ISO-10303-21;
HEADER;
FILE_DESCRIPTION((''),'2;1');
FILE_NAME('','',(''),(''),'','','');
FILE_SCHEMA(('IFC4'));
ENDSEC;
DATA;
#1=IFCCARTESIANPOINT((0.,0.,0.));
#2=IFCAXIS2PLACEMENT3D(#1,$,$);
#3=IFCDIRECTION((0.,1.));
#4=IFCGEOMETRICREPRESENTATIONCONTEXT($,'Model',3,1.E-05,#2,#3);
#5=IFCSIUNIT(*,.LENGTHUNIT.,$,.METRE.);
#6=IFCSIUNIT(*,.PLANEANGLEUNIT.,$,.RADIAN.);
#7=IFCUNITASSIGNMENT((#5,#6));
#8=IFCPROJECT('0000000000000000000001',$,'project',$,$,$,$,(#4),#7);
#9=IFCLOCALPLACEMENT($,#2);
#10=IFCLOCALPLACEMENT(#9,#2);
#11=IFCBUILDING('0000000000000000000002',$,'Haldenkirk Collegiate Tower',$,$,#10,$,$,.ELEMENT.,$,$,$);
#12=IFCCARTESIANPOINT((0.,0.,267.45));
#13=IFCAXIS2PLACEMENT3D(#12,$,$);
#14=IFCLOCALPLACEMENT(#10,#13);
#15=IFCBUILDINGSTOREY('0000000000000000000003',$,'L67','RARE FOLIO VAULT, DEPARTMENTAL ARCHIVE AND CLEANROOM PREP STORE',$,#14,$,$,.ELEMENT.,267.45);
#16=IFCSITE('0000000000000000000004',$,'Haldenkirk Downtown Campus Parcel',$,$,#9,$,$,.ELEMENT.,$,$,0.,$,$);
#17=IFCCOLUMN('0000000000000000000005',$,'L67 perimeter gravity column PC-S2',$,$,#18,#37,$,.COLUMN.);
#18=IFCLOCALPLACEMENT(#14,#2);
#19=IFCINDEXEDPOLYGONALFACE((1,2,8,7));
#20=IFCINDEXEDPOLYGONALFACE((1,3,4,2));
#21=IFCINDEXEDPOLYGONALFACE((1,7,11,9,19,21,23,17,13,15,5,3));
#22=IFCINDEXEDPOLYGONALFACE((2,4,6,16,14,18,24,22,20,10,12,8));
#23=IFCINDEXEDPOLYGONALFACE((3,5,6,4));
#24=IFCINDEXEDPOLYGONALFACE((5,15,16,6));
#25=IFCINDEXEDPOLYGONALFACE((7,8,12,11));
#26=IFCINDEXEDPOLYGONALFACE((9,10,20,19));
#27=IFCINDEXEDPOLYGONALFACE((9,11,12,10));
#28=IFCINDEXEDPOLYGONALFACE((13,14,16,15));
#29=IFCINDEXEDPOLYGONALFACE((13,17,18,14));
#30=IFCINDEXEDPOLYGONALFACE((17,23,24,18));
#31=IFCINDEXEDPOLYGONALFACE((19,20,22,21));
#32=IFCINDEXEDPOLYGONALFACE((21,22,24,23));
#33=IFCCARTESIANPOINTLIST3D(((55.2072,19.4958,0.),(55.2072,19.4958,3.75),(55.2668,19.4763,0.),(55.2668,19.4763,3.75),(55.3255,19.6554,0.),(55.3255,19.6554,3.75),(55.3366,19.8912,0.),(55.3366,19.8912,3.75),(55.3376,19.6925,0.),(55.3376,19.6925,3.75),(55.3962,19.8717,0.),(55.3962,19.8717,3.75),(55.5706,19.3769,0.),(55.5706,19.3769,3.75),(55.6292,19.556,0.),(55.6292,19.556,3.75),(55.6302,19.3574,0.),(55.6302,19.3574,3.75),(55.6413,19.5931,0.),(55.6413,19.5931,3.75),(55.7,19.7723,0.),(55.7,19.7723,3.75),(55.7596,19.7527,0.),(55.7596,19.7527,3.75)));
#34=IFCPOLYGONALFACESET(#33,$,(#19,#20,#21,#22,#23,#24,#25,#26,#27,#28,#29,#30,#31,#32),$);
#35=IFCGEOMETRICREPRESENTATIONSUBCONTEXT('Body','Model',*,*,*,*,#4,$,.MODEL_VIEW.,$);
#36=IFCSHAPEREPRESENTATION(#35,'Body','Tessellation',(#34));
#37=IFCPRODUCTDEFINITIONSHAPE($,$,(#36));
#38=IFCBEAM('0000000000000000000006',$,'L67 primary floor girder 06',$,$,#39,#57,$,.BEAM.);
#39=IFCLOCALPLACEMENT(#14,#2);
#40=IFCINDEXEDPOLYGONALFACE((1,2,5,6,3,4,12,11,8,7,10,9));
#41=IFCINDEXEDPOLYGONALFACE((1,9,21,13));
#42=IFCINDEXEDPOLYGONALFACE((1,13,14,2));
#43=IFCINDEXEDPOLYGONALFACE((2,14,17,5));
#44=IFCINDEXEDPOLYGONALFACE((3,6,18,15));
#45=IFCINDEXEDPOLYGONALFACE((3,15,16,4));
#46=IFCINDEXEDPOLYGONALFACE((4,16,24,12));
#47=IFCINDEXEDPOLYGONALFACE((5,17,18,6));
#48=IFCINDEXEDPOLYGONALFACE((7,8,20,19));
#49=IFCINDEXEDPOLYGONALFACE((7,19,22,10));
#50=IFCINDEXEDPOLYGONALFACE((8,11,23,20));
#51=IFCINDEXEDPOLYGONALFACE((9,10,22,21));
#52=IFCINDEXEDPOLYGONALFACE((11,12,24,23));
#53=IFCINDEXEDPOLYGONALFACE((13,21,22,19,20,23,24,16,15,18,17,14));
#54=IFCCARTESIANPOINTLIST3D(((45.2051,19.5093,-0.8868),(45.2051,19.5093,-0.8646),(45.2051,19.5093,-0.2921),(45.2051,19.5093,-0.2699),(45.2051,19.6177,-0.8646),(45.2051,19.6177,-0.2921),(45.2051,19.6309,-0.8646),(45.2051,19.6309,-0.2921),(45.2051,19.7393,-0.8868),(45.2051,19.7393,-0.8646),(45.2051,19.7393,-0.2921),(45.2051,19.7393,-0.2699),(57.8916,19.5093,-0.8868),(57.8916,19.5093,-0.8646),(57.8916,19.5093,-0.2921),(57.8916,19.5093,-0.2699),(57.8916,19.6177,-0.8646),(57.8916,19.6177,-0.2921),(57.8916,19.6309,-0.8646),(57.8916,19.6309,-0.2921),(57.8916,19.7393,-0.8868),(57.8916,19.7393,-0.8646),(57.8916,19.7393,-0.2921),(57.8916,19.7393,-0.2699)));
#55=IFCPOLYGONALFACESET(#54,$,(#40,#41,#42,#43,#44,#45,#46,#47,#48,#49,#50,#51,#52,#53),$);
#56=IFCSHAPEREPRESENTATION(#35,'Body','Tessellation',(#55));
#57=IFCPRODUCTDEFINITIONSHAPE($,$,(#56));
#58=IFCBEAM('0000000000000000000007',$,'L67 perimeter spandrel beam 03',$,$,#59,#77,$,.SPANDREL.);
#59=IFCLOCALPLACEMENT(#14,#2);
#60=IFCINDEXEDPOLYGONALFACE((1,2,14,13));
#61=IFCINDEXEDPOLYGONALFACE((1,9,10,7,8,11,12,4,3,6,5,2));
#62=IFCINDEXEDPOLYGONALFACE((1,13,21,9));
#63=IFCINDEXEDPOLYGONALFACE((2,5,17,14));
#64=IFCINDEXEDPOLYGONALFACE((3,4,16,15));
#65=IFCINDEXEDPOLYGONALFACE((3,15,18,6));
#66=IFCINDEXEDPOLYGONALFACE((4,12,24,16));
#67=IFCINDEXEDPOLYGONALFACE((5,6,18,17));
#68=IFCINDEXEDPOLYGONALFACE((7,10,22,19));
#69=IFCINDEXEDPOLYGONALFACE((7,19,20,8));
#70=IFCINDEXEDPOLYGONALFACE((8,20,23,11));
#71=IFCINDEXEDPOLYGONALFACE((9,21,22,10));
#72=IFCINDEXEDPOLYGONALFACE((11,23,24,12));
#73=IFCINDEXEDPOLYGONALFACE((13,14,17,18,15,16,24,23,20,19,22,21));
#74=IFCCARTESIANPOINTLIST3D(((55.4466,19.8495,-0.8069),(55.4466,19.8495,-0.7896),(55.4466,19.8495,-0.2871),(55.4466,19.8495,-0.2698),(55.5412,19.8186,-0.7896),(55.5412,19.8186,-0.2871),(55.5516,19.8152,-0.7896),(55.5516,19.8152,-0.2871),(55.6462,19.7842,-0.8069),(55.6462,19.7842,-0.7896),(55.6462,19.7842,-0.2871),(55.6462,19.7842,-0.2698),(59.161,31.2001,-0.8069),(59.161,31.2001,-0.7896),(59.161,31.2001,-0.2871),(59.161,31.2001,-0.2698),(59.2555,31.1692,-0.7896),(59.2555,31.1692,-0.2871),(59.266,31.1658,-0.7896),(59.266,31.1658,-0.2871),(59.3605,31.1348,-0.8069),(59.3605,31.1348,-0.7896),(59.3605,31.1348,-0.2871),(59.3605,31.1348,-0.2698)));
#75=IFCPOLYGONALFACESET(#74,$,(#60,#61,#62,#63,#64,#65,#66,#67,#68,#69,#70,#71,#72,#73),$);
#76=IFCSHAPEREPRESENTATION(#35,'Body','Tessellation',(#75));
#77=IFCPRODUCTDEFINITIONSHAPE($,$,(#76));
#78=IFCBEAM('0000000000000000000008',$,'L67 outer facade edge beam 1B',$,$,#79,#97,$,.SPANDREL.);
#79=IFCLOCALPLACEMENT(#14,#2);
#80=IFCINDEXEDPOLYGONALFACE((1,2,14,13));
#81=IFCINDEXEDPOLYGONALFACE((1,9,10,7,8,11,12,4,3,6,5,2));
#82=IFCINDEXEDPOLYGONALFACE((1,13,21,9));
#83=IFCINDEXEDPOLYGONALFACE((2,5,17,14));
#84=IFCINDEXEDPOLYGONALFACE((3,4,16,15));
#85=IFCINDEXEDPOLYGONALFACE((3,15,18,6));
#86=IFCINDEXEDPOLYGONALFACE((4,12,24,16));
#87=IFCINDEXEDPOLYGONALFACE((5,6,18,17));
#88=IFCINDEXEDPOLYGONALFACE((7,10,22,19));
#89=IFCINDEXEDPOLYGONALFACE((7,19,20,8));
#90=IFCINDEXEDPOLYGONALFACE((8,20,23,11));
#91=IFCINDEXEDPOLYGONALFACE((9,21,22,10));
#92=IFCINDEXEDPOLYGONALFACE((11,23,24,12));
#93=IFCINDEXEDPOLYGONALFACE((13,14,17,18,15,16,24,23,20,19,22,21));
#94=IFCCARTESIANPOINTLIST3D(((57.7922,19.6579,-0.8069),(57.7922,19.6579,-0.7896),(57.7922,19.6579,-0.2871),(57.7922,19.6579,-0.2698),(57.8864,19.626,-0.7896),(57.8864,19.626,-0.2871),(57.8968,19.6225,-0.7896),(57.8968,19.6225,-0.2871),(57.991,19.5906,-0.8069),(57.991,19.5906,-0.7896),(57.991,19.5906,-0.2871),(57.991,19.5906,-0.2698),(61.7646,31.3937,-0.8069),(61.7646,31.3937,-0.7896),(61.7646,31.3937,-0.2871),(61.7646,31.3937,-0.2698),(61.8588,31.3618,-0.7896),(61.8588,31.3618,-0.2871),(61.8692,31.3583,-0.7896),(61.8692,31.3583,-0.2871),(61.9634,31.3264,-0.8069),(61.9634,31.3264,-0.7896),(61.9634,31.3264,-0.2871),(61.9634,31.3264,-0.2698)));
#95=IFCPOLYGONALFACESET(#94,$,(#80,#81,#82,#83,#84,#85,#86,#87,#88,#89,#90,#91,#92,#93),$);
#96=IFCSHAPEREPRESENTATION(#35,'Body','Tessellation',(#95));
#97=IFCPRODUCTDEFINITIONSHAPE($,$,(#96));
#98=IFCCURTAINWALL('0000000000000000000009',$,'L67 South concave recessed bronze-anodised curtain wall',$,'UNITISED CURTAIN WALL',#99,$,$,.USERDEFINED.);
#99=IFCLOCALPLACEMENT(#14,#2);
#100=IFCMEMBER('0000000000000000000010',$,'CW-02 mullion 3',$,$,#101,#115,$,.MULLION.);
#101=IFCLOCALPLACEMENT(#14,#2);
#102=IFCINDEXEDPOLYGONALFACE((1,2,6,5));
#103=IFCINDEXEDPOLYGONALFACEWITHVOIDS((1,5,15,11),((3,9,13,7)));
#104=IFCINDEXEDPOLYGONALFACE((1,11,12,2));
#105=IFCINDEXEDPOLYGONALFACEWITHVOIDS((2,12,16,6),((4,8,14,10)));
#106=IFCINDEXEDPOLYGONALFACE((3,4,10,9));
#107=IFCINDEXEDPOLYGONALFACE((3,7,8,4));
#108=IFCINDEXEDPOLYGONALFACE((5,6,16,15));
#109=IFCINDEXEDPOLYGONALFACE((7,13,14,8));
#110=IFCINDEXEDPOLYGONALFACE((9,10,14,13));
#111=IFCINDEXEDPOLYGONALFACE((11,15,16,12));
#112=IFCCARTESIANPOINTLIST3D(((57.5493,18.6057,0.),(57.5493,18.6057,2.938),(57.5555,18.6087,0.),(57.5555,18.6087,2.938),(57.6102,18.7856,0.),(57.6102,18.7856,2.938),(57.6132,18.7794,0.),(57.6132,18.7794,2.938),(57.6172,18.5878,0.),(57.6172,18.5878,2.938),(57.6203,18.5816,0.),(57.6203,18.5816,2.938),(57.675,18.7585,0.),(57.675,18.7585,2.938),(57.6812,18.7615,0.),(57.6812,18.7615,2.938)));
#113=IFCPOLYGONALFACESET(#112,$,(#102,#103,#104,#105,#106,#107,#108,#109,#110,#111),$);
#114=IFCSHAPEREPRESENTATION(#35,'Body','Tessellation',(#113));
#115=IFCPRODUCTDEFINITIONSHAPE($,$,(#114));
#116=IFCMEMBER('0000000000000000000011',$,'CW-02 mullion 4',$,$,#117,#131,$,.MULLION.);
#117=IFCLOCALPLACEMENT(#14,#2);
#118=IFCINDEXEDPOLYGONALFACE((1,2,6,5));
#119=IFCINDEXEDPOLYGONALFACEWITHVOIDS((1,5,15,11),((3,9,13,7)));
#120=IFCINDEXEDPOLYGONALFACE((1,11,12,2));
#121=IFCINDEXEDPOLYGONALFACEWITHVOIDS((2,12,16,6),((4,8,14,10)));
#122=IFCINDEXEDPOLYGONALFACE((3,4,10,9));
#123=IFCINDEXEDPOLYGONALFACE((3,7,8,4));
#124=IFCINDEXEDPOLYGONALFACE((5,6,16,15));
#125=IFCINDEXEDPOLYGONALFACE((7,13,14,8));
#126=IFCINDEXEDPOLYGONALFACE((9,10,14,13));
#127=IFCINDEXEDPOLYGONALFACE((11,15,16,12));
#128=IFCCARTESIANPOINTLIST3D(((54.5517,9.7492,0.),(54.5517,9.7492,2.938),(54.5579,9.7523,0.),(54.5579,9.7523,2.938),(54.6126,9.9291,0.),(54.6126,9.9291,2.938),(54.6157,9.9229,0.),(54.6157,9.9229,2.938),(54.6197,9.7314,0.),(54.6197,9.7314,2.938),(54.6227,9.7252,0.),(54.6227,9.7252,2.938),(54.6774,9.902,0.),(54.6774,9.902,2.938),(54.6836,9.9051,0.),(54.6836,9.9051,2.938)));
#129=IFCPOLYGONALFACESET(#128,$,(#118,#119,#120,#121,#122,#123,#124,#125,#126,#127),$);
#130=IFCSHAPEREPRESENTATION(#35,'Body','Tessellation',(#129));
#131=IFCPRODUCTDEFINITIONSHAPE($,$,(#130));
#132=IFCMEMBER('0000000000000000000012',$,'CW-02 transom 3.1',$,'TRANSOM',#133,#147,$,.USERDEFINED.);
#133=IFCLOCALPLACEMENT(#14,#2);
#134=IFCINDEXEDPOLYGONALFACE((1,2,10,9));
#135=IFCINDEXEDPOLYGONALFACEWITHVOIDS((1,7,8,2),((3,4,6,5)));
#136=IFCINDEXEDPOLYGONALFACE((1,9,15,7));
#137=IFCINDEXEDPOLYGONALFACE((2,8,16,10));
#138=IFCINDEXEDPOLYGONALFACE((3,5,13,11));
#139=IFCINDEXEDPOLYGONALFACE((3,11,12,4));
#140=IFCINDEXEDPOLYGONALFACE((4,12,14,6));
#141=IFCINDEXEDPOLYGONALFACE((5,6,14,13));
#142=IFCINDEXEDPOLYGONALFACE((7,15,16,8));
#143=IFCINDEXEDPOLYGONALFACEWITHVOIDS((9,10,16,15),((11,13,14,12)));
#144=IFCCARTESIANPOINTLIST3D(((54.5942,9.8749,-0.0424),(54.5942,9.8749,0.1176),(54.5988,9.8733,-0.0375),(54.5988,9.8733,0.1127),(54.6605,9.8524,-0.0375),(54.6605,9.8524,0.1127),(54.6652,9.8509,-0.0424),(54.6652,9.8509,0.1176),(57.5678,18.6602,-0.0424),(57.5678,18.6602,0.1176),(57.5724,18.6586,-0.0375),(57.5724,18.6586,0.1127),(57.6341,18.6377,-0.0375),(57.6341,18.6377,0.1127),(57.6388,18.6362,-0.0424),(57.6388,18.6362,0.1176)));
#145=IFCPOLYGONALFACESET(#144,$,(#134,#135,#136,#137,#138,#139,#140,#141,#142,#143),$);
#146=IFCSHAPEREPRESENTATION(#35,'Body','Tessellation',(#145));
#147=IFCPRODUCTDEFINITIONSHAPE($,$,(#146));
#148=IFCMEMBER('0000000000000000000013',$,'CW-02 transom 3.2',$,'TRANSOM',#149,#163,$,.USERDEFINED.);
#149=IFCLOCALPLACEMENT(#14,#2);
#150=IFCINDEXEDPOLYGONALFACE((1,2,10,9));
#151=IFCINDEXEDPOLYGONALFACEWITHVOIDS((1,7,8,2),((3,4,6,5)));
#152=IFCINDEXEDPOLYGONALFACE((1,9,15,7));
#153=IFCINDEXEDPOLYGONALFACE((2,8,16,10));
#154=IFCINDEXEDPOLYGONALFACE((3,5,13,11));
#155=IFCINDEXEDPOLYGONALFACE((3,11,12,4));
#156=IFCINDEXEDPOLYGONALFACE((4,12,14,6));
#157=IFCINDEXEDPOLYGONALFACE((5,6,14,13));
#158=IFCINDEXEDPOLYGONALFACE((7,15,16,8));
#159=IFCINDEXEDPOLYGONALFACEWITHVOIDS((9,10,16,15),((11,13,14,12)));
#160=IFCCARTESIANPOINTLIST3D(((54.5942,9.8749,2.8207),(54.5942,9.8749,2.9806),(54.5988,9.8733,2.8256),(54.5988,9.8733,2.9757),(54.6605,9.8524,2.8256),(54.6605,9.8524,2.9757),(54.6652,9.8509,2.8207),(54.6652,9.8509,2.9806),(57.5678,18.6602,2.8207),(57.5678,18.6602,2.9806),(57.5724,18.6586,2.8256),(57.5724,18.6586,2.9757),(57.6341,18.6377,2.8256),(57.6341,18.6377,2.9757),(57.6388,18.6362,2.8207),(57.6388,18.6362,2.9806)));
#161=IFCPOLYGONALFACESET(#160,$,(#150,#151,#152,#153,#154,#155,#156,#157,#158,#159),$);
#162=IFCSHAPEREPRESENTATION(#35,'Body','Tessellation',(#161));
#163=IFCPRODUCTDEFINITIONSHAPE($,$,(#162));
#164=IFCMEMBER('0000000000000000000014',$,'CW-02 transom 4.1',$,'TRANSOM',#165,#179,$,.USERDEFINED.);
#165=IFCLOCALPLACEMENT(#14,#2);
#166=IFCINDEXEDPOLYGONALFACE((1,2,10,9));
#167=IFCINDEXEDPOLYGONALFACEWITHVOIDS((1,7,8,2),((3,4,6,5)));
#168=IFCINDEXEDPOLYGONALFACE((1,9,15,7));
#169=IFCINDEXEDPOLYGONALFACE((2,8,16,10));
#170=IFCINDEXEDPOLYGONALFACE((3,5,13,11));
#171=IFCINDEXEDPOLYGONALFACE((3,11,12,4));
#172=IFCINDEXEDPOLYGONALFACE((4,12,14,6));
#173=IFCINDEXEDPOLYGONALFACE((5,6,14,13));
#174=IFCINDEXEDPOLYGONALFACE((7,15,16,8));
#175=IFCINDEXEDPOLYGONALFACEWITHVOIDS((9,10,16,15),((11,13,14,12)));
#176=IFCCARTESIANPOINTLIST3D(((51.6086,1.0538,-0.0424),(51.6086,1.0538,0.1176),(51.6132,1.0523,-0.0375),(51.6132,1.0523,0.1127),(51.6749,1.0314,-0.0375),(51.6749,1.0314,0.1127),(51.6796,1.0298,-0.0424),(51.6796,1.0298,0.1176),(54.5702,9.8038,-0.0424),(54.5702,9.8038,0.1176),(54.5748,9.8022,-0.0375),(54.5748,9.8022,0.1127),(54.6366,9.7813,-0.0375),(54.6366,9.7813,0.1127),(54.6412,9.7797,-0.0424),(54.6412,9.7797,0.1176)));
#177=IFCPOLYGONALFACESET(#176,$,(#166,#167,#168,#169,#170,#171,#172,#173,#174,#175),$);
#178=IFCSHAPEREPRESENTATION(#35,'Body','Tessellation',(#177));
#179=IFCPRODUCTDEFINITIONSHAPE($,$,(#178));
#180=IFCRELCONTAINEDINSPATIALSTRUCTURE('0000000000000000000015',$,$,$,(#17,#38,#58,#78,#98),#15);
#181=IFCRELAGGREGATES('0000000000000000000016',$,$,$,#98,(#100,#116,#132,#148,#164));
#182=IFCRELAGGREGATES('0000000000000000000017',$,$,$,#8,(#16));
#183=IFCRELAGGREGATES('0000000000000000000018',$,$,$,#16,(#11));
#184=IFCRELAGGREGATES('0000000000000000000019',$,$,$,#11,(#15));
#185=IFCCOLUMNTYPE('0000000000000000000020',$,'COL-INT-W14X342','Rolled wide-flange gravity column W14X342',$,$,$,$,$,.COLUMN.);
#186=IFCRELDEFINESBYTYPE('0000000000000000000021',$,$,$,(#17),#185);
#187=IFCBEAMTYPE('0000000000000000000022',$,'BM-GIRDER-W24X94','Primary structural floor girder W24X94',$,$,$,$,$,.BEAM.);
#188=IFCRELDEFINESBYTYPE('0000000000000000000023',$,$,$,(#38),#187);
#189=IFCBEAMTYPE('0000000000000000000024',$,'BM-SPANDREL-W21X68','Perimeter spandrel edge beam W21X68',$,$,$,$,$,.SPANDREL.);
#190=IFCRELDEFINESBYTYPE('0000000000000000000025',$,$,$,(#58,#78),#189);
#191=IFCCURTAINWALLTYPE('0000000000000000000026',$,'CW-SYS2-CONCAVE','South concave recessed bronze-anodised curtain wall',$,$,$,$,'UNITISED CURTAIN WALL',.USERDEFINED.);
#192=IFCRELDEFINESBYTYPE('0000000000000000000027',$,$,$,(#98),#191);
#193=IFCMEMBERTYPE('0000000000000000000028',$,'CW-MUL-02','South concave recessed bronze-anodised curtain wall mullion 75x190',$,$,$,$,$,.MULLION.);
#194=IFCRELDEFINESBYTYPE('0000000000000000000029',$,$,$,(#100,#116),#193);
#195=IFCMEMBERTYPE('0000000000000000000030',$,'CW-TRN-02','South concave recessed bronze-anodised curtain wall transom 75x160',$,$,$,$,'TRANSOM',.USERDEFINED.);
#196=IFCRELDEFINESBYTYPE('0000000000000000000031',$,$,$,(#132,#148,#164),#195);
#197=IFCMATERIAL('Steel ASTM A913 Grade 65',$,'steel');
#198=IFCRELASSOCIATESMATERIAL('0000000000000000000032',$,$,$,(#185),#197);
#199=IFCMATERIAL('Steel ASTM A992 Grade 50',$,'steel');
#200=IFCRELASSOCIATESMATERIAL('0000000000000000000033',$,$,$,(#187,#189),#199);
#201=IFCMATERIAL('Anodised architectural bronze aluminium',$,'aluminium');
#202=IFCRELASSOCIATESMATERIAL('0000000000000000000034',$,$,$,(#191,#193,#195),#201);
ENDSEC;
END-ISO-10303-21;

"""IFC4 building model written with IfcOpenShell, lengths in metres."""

from ifc_helpers import new_model, si_unit, direction, frame, origin, origin_2d, place, context, subcontext, project, spatial, hollow_rectangle, i_section, extrude, material, material_profile, profile_set, type_object, element, aggregate, save


model = new_model("IFC4")

# Units and contexts
model_context = context("Model", 3, precision=1e-05, world=origin(), true_north=direction((0.0, 1.0)))
body_context = subcontext(model_context, "Body", "Model", "MODEL_VIEW")
ifc_project = project(units=[si_unit("LENGTHUNIT", "METRE"), si_unit("PLANEANGLEUNIT", "RADIAN")], contexts=[model_context])

# Site, building, storey
site_placement = place(None, origin())
site = spatial("IfcSite", under=ifc_project, at=site_placement, Name="Haldenkirk Downtown Campus Parcel", CompositionType="ELEMENT", RefElevation=0.0)
building_placement = place(site_placement, origin())
building = spatial("IfcBuilding", under=site, at=building_placement, Name="Haldenkirk Collegiate Tower", CompositionType="ELEMENT")
storey_placement = place(building_placement, frame((0.0, 0.0, 267.45)))
storey = spatial("IfcBuildingStorey", under=building, at=storey_placement, Name="L67", Description="RARE FOLIO VAULT, DEPARTMENTAL ARCHIVE AND CLEANROOM PREP STORE", CompositionType="ELEMENT", Elevation=267.45)

# Column
ifc_material_1 = material(Name="Steel ASTM A913 Grade 65", Category="steel")
ifc_material_profile_1 = material_profile(ifc_material_1, i_section(OverallWidth=0.416, OverallDepth=0.4451, WebThickness=0.0391, FlangeThickness=0.0627, at=origin_2d()), Name="W14X342")
ifc_profile_set_1 = profile_set([ifc_material_profile_1], Name="Steel ASTM A913 Grade 65")
column_type = type_object("IfcColumnType", Name="COL-INT-W14X342", Description="Rolled wide-flange gravity column W14X342", PredefinedType="COLUMN", material=ifc_profile_set_1)
column_placement = place(storey_placement, frame((55.4834, 19.6243, 0.0), z_axis=(0.0, 0.0, 1.0), x_axis=(0.311008, 0.950407, 0.0)))
element("IfcColumn", 1, at=column_placement, inside=storey, type_object=column_type, Name="L67 perimeter gravity column PC-S2", PredefinedType="COLUMN", context=body_context, shape_type="SweptSolid", body=[
    extrude(i_section(OverallWidth=0.416, OverallDepth=0.4451, WebThickness=0.0391, FlangeThickness=0.0627, at=origin_2d()), origin(), (0.0, 0.0, 1.0), 3.75),
])

# Beams
ifc_material_2 = material(Name="Steel ASTM A992 Grade 50", Category="steel")
ifc_material_profile_2 = material_profile(ifc_material_2, i_section(OverallWidth=0.23, OverallDepth=0.6169, WebThickness=0.0132, FlangeThickness=0.0222, at=origin_2d()), Name="W24X94")
ifc_profile_set_2 = profile_set([ifc_material_profile_2], Name="Steel ASTM A992 Grade 50")
beam_type_1 = type_object("IfcBeamType", Name="BM-GIRDER-W24X94", Description="Primary structural floor girder W24X94", PredefinedType="BEAM", material=ifc_profile_set_2)
beam_1_placement = place(storey_placement, frame((57.8916, 19.6243, -0.5784), z_axis=(-1.0, 0.0, 0.0), x_axis=(0.0, -1.0, 0.0)))
element("IfcBeam", 2, at=beam_1_placement, inside=storey, type_object=beam_type_1, Name="L67 primary floor girder 06", PredefinedType="BEAM", context=body_context, shape_type="SweptSolid", body=[
    extrude(i_section(OverallWidth=0.23, OverallDepth=0.6169, WebThickness=0.0132, FlangeThickness=0.0222, at=origin_2d()), origin(), (0.0, 0.0, 1.0), 12.6865),
])
ifc_material_profile_3 = material_profile(ifc_material_2, i_section(OverallWidth=0.21, OverallDepth=0.5371, WebThickness=0.011, FlangeThickness=0.0173, at=origin_2d()), Name="W21X68")
ifc_profile_set_3 = profile_set([ifc_material_profile_3], Name="Steel ASTM A992 Grade 50")
beam_type_2 = type_object("IfcBeamType", Name="BM-SPANDREL-W21X68", Description="Perimeter spandrel edge beam W21X68", PredefinedType="SPANDREL", material=ifc_profile_set_3)
beam_2_placement = place(storey_placement, frame((55.5464, 19.8169, -0.5383), z_axis=(0.31101, 0.950407, 0.0), x_axis=(-0.950407, 0.31101, 0.0)))
element("IfcBeam", 3, at=beam_2_placement, inside=storey, type_object=beam_type_2, Name="L67 perimeter spandrel beam 03", PredefinedType="SPANDREL", context=body_context, shape_type="SweptSolid", body=[
    extrude(i_section(OverallWidth=0.21, OverallDepth=0.5371, WebThickness=0.011, FlangeThickness=0.0173, at=origin_2d()), origin(), (0.0, 0.0, 1.0), 11.9429),
])
beam_3_placement = place(storey_placement, frame((57.8916, 19.6243, -0.5383), z_axis=(0.320617, 0.947209, 0.0), x_axis=(-0.947209, 0.320617, 0.0)))
element("IfcBeam", 4, at=beam_3_placement, inside=storey, type_object=beam_type_2, Name="L67 outer facade edge beam 1B", PredefinedType="SPANDREL", context=body_context, shape_type="SweptSolid", body=[
    extrude(i_section(OverallWidth=0.21, OverallDepth=0.5371, WebThickness=0.011, FlangeThickness=0.0173, at=origin_2d()), origin(), (0.0, 0.0, 1.0), 12.3899),
])

# Curtain wall, members
ifc_material_3 = material(Name="Anodised architectural bronze aluminium", Category="aluminium")
curtain_wall_type = type_object("IfcCurtainWallType", Name="CW-SYS2-CONCAVE", Description="South concave recessed bronze-anodised curtain wall", ElementType="UNITISED CURTAIN WALL", PredefinedType="USERDEFINED", material=ifc_material_3)
curtain_wall_placement = place(storey_placement, origin())
curtain_wall = element("IfcCurtainWall", 5, at=curtain_wall_placement, inside=storey, type_object=curtain_wall_type, Name="L67 South concave recessed bronze-anodised curtain wall", ObjectType="UNITISED CURTAIN WALL", PredefinedType="USERDEFINED")
ifc_material_profile_4 = material_profile(ifc_material_3, hollow_rectangle(XDim=0.075, YDim=0.1899, WallThickness=0.0049, at=origin_2d()), Name="CW-MUL-02")
ifc_profile_set_4 = profile_set([ifc_material_profile_4], Name="Anodised architectural bronze aluminium")
member_type_1 = type_object("IfcMemberType", Name="CW-MUL-02", Description="South concave recessed bronze-anodised curtain wall mullion 75x190", PredefinedType="MULLION", material=ifc_profile_set_4)
member_1_placement = place(storey_placement, frame((57.6152, 18.6836, 0.0), z_axis=(0.0, 0.0, 1.0), x_axis=(0.94721, -0.320613, 0.0)))
member_1 = element("IfcMember", 6, at=member_1_placement, type_object=member_type_1, Name="CW-02 mullion 3", PredefinedType="MULLION", context=body_context, shape_type="SweptSolid", body=[
    extrude(hollow_rectangle(XDim=0.075, YDim=0.1899, WallThickness=0.0049, at=origin_2d()), origin(), (0.0, 0.0, 1.0), 2.938),
])
member_2_placement = place(storey_placement, frame((54.6177, 9.8271, 0.0), z_axis=(0.0, 0.0, 1.0), x_axis=(0.94721, -0.320613, 0.0)))
member_2 = element("IfcMember", 7, at=member_2_placement, type_object=member_type_1, Name="CW-02 mullion 4", PredefinedType="MULLION", context=body_context, shape_type="SweptSolid", body=[
    extrude(hollow_rectangle(XDim=0.075, YDim=0.1899, WallThickness=0.0049, at=origin_2d()), origin(), (0.0, 0.0, 1.0), 2.938),
])
ifc_material_profile_5 = material_profile(ifc_material_3, hollow_rectangle(XDim=0.075, YDim=0.1599, WallThickness=0.0049, at=origin_2d()), Name="CW-TRN-02")
ifc_profile_set_5 = profile_set([ifc_material_profile_5], Name="Anodised architectural bronze aluminium")
member_type_2 = type_object("IfcMemberType", Name="CW-TRN-02", Description="South concave recessed bronze-anodised curtain wall transom 75x160", ElementType="TRANSOM", PredefinedType="USERDEFINED", material=ifc_profile_set_5)
member_3_placement = place(storey_placement, frame((57.6033, 18.6482, 0.0376), z_axis=(-0.320607, -0.947212, 0.0), x_axis=(0.947212, -0.320607, 0.0)))
member_3 = element("IfcMember", 8, at=member_3_placement, type_object=member_type_2, Name="CW-02 transom 3.1", ObjectType="TRANSOM", PredefinedType="USERDEFINED", context=body_context, shape_type="SweptSolid", body=[
    extrude(hollow_rectangle(XDim=0.075, YDim=0.1599, WallThickness=0.0049, at=origin_2d()), origin(), (0.0, 0.0, 1.0), 9.2749),
])
member_4_placement = place(storey_placement, frame((57.6033, 18.6482, 2.9006), z_axis=(-0.320607, -0.947212, 0.0), x_axis=(0.947212, -0.320607, 0.0)))
member_4 = element("IfcMember", 9, at=member_4_placement, type_object=member_type_2, Name="CW-02 transom 3.2", ObjectType="TRANSOM", PredefinedType="USERDEFINED", context=body_context, shape_type="SweptSolid", body=[
    extrude(hollow_rectangle(XDim=0.075, YDim=0.1599, WallThickness=0.0049, at=origin_2d()), origin(), (0.0, 0.0, 1.0), 9.2749),
])
member_5_placement = place(storey_placement, frame((54.6057, 9.7917, 0.0376), z_axis=(-0.320609, -0.947212, 0.0), x_axis=(0.947212, -0.320609, 0.0)))
member_5 = element("IfcMember", 10, at=member_5_placement, type_object=member_type_2, Name="CW-02 transom 4.1", ObjectType="TRANSOM", PredefinedType="USERDEFINED", context=body_context, shape_type="SweptSolid", body=[
    extrude(hollow_rectangle(XDim=0.075, YDim=0.1599, WallThickness=0.0049, at=origin_2d()), origin(), (0.0, 0.0, 1.0), 9.2375),
])
aggregate(curtain_wall, [member_1, member_2, member_3, member_4, member_5])

save(model, "model.ifc")
